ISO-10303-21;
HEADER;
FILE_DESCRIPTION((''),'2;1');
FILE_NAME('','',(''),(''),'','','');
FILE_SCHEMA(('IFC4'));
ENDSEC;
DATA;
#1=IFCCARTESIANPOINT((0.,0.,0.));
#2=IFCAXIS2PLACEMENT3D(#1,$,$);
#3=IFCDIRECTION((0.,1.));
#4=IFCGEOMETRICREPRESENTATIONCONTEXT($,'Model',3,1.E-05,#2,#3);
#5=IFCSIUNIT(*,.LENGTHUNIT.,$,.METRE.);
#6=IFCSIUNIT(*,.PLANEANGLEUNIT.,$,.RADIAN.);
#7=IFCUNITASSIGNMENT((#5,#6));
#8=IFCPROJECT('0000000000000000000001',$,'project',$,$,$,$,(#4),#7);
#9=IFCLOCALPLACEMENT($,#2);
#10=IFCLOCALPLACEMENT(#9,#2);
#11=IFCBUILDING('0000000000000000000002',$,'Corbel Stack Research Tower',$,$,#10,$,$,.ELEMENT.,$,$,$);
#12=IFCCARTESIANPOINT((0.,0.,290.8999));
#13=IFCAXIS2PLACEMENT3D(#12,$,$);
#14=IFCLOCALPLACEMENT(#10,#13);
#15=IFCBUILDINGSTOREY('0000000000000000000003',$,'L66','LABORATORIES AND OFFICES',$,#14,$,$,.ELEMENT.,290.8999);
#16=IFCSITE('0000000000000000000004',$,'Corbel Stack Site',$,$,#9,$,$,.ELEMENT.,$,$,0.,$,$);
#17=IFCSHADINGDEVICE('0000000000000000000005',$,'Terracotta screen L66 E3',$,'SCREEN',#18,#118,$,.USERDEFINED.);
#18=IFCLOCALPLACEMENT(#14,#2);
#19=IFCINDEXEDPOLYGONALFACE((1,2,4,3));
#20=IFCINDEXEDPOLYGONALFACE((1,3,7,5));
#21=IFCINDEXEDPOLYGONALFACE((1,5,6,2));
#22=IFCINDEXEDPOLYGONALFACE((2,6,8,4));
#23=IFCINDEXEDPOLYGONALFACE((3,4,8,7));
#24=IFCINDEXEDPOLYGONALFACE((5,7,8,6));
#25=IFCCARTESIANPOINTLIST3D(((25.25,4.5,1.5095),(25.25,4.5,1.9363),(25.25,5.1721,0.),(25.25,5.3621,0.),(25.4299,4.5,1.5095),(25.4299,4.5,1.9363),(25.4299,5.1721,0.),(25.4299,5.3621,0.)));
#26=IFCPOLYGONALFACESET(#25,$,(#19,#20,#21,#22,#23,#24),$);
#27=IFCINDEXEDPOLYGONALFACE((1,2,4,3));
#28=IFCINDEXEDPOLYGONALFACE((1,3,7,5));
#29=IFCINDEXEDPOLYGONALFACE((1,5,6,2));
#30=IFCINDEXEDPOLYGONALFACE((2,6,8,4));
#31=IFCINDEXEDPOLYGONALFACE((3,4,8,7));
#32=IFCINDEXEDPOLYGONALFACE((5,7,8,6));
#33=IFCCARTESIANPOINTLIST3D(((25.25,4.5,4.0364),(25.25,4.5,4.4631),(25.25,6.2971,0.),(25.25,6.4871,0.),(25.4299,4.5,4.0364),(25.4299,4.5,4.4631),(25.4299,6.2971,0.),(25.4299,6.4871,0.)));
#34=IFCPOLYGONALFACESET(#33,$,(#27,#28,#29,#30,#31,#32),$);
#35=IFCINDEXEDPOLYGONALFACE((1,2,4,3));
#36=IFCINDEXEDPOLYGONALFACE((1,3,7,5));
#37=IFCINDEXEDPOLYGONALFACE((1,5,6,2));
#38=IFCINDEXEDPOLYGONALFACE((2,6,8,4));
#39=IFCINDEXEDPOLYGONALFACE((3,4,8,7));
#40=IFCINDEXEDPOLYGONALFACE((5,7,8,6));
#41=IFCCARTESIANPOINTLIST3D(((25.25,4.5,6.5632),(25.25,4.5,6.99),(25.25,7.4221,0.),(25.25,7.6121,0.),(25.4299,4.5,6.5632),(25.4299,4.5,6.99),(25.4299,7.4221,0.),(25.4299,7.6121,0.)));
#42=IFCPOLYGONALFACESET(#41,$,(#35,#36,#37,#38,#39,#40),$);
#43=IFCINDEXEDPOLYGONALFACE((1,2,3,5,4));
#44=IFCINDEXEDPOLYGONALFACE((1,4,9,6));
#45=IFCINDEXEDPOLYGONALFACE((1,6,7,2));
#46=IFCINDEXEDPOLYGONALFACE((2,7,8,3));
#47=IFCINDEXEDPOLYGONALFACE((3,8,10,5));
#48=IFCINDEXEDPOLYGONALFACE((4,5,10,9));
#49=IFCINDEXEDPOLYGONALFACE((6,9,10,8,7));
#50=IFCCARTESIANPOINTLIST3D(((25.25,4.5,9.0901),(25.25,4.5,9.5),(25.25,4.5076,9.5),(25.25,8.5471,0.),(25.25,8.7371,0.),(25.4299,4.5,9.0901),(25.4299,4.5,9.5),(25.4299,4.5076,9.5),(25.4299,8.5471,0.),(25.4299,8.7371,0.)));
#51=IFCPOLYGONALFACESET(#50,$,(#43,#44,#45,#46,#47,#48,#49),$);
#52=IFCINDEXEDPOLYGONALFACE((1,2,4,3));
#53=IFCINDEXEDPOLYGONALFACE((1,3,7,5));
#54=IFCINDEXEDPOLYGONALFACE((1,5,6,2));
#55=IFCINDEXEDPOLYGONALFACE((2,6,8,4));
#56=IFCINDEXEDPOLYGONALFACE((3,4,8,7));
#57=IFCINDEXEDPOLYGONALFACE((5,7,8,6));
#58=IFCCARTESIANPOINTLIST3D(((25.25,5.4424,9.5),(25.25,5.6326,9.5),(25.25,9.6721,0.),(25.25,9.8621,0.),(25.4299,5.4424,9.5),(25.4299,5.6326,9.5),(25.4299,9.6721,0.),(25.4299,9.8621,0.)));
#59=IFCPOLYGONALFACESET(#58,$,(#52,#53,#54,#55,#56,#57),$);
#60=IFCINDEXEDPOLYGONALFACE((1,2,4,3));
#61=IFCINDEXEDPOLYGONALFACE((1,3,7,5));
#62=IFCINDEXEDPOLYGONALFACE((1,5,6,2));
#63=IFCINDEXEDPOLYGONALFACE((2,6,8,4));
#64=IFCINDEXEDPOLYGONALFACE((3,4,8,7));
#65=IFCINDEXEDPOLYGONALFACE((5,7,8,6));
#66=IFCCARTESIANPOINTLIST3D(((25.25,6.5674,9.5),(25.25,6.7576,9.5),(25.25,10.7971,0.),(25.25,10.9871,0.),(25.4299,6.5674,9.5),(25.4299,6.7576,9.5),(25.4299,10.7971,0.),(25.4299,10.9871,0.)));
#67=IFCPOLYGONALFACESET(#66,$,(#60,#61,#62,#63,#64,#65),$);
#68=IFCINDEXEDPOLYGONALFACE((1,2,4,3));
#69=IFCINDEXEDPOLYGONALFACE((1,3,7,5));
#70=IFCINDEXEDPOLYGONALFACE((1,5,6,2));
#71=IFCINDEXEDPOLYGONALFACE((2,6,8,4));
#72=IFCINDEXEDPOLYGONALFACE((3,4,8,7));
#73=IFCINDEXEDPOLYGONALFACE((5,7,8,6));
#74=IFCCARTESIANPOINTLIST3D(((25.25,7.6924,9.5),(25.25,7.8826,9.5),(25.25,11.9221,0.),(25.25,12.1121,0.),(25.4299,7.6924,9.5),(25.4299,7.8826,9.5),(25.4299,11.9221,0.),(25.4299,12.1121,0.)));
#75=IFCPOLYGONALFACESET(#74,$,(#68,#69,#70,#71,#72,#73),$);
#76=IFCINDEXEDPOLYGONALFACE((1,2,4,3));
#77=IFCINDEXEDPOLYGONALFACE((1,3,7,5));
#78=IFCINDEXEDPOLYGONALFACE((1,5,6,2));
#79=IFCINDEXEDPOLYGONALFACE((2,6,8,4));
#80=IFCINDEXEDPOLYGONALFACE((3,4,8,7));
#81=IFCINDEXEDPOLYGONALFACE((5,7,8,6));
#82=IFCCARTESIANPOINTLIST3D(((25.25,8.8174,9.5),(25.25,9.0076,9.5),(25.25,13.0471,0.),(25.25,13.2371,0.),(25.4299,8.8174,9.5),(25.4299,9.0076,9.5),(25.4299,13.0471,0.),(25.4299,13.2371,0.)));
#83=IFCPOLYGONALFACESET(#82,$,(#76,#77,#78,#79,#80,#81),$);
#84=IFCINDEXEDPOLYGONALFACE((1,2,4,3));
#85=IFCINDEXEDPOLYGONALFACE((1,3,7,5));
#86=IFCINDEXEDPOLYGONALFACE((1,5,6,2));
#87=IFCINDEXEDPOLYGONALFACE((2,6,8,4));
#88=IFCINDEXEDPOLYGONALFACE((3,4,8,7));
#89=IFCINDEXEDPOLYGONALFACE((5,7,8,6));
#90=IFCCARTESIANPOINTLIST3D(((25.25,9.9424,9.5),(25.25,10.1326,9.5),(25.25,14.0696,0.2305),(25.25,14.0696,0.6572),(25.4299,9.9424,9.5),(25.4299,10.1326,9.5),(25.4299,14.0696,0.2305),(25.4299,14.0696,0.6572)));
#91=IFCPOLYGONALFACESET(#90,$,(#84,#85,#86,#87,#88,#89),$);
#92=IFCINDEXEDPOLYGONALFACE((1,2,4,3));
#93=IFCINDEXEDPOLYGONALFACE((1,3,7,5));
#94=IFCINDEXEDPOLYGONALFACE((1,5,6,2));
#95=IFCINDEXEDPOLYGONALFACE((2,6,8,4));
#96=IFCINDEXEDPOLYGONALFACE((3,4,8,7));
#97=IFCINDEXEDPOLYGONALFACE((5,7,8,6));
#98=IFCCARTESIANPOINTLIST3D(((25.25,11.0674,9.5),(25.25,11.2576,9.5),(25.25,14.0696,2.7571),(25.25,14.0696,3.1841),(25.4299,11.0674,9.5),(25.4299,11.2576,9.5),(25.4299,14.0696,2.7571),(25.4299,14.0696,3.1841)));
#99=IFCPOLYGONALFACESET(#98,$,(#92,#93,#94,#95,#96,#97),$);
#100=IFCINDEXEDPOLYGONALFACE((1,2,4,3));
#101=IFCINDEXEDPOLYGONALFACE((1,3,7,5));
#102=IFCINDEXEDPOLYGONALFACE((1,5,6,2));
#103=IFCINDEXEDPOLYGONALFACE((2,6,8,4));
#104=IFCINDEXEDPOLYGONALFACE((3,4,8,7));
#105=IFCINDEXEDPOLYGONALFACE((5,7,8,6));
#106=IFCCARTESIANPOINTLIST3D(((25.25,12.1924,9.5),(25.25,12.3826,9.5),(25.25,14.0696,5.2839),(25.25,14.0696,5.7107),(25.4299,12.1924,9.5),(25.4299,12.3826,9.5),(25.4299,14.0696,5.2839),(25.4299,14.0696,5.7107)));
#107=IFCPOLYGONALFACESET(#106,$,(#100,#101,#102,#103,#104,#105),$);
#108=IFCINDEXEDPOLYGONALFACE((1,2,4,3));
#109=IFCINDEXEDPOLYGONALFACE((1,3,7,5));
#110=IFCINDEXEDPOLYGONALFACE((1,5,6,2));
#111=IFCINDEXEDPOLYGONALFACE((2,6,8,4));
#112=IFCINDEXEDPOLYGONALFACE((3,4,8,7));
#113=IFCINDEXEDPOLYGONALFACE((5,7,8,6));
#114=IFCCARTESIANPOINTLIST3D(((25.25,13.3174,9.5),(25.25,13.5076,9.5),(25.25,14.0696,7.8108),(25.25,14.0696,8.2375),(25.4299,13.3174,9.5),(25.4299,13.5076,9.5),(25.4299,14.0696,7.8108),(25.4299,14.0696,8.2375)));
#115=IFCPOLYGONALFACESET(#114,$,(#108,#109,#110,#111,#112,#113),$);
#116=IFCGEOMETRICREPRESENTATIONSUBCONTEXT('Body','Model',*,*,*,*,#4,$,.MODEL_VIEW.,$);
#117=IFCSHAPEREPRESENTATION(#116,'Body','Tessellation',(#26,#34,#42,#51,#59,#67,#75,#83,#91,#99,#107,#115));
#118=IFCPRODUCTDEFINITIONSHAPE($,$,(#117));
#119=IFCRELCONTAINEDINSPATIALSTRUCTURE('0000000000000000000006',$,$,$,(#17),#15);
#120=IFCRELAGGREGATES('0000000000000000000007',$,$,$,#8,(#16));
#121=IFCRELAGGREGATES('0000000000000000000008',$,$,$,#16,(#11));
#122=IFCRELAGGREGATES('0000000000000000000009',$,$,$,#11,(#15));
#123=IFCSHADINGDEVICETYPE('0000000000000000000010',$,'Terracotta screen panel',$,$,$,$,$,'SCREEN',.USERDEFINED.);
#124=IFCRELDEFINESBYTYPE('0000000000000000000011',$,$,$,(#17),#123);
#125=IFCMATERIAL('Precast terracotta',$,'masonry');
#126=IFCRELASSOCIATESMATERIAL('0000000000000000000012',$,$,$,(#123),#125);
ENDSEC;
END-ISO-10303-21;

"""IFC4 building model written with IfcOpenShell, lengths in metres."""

from ifc_helpers import new_model, si_unit, direction, frame, origin, place, context, subcontext, project, spatial, polyline, outline, extrude, source, transform, mapped, material, type_object, element, save


model = new_model("IFC4")

# Units and contexts
model_context = context("Model", 3, precision=1e-05, world=origin(), true_north=direction((0.0, 1.0)))
body_context = subcontext(model_context, "Body", "Model", "MODEL_VIEW")
ifc_project = project(units=[si_unit("LENGTHUNIT", "METRE"), si_unit("PLANEANGLEUNIT", "RADIAN")], contexts=[model_context])

# Site, building, storey
site_placement = place(None, origin())
site = spatial("IfcSite", under=ifc_project, at=site_placement, Name="Corbel Stack Site", CompositionType="ELEMENT", RefElevation=0.0)
building_placement = place(site_placement, origin())
building = spatial("IfcBuilding", under=site, at=building_placement, Name="Corbel Stack Research Tower", CompositionType="ELEMENT")
storey_placement = place(building_placement, frame((0.0, 0.0, 290.8999)))
storey = spatial("IfcBuildingStorey", under=building, at=storey_placement, Name="L66", Description="LABORATORIES AND OFFICES", CompositionType="ELEMENT", Elevation=290.8999)

# Shading device
ifc_material_1 = material(Name="Precast terracotta", Category="masonry")
shading_device_type = type_object("IfcShadingDeviceType", Name="Terracotta screen panel", ElementType="SCREEN", PredefinedType="USERDEFINED", material=ifc_material_1)
shared_shape_1 = source(origin(), body_context, "Body", "SweptSolid", [
    extrude(outline(polyline([(0.8621, 0.0), (0.0, 1.9363), (0.0, 1.5095), (0.6721, 0.0), (0.8621, 0.0)])), frame((0.0, 0.0, 0.0), z_axis=(0.0, -1.0, 0.0), x_axis=(1.0, 0.0, 0.0)), (0.0, 0.0, 1.0), 0.1799),
    extrude(outline(polyline([(1.9871, 0.0), (0.0, 4.4631), (0.0, 4.0364), (1.7971, 0.0), (1.9871, 0.0)])), frame((0.0, 0.0, 0.0), z_axis=(0.0, -1.0, 0.0), x_axis=(1.0, 0.0, 0.0)), (0.0, 0.0, 1.0), 0.1799),
    extrude(outline(polyline([(3.1121, 0.0), (0.0, 6.99), (0.0, 6.5632), (2.9221, 0.0), (3.1121, 0.0)])), frame((0.0, 0.0, 0.0), z_axis=(0.0, -1.0, 0.0), x_axis=(1.0, 0.0, 0.0)), (0.0, 0.0, 1.0), 0.1799),
    extrude(outline(polyline([(4.2371, 0.0), (0.0076, 9.5), (0.0, 9.5), (0.0, 9.0901), (4.0471, 0.0), (4.2371, 0.0)])), frame((0.0, 0.0, 0.0), z_axis=(0.0, -1.0, 0.0), x_axis=(1.0, 0.0, 0.0)), (0.0, 0.0, 1.0), 0.1799),
    extrude(outline(polyline([(5.3621, 0.0), (1.1326, 9.5), (0.9424, 9.5), (5.1721, 0.0), (5.3621, 0.0)])), frame((0.0, 0.0, 0.0), z_axis=(0.0, -1.0, 0.0), x_axis=(1.0, 0.0, 0.0)), (0.0, 0.0, 1.0), 0.1799),
    extrude(outline(polyline([(6.4871, 0.0), (2.2576, 9.5), (2.0674, 9.5), (6.2971, 0.0), (6.4871, 0.0)])), frame((0.0, 0.0, 0.0), z_axis=(0.0, -1.0, 0.0), x_axis=(1.0, 0.0, 0.0)), (0.0, 0.0, 1.0), 0.1799),
    extrude(outline(polyline([(7.6121, 0.0), (3.3826, 9.5), (3.1924, 9.5), (7.4221, 0.0), (7.6121, 0.0)])), frame((0.0, 0.0, 0.0), z_axis=(0.0, -1.0, 0.0), x_axis=(1.0, 0.0, 0.0)), (0.0, 0.0, 1.0), 0.1799),
    extrude(outline(polyline([(8.7371, 0.0), (4.5076, 9.5), (4.3174, 9.5), (8.5471, 0.0), (8.7371, 0.0)])), frame((0.0, 0.0, 0.0), z_axis=(0.0, -1.0, 0.0), x_axis=(1.0, 0.0, 0.0)), (0.0, 0.0, 1.0), 0.1799),
    extrude(outline(polyline([(5.6326, 9.5), (5.4424, 9.5), (9.5696, 0.2305), (9.5696, 0.6572), (5.6326, 9.5)])), frame((0.0, 0.0, 0.0), z_axis=(0.0, -1.0, 0.0), x_axis=(1.0, 0.0, 0.0)), (0.0, 0.0, 1.0), 0.1799),
    extrude(outline(polyline([(6.7576, 9.5), (6.5674, 9.5), (9.5696, 2.7571), (9.5696, 3.1841), (6.7576, 9.5)])), frame((0.0, 0.0, 0.0), z_axis=(0.0, -1.0, 0.0), x_axis=(1.0, 0.0, 0.0)), (0.0, 0.0, 1.0), 0.1799),
    extrude(outline(polyline([(7.8826, 9.5), (7.6924, 9.5), (9.5696, 5.2839), (9.5696, 5.7107), (7.8826, 9.5)])), frame((0.0, 0.0, 0.0), z_axis=(0.0, -1.0, 0.0), x_axis=(1.0, 0.0, 0.0)), (0.0, 0.0, 1.0), 0.1799),
    extrude(outline(polyline([(9.0076, 9.5), (8.8174, 9.5), (9.5696, 7.8108), (9.5696, 8.2375), (9.0076, 9.5)])), frame((0.0, 0.0, 0.0), z_axis=(0.0, -1.0, 0.0), x_axis=(1.0, 0.0, 0.0)), (0.0, 0.0, 1.0), 0.1799),
])
shading_device_1_placement = place(storey_placement, frame((25.25, 4.5, 0.0), z_axis=(0.0, 0.0, 1.0), x_axis=(0.0, 1.0, 0.0)))
element("IfcShadingDevice", 1, at=shading_device_1_placement, inside=storey, type_object=shading_device_type, Name="Terracotta screen L66 E3", ObjectType="SCREEN", PredefinedType="USERDEFINED", context=body_context, shape_type="MappedRepresentation", body=[
    mapped(shared_shape_1, transform((0.0, 0.0, 0.0))),
])

save(model, "model.ifc")
